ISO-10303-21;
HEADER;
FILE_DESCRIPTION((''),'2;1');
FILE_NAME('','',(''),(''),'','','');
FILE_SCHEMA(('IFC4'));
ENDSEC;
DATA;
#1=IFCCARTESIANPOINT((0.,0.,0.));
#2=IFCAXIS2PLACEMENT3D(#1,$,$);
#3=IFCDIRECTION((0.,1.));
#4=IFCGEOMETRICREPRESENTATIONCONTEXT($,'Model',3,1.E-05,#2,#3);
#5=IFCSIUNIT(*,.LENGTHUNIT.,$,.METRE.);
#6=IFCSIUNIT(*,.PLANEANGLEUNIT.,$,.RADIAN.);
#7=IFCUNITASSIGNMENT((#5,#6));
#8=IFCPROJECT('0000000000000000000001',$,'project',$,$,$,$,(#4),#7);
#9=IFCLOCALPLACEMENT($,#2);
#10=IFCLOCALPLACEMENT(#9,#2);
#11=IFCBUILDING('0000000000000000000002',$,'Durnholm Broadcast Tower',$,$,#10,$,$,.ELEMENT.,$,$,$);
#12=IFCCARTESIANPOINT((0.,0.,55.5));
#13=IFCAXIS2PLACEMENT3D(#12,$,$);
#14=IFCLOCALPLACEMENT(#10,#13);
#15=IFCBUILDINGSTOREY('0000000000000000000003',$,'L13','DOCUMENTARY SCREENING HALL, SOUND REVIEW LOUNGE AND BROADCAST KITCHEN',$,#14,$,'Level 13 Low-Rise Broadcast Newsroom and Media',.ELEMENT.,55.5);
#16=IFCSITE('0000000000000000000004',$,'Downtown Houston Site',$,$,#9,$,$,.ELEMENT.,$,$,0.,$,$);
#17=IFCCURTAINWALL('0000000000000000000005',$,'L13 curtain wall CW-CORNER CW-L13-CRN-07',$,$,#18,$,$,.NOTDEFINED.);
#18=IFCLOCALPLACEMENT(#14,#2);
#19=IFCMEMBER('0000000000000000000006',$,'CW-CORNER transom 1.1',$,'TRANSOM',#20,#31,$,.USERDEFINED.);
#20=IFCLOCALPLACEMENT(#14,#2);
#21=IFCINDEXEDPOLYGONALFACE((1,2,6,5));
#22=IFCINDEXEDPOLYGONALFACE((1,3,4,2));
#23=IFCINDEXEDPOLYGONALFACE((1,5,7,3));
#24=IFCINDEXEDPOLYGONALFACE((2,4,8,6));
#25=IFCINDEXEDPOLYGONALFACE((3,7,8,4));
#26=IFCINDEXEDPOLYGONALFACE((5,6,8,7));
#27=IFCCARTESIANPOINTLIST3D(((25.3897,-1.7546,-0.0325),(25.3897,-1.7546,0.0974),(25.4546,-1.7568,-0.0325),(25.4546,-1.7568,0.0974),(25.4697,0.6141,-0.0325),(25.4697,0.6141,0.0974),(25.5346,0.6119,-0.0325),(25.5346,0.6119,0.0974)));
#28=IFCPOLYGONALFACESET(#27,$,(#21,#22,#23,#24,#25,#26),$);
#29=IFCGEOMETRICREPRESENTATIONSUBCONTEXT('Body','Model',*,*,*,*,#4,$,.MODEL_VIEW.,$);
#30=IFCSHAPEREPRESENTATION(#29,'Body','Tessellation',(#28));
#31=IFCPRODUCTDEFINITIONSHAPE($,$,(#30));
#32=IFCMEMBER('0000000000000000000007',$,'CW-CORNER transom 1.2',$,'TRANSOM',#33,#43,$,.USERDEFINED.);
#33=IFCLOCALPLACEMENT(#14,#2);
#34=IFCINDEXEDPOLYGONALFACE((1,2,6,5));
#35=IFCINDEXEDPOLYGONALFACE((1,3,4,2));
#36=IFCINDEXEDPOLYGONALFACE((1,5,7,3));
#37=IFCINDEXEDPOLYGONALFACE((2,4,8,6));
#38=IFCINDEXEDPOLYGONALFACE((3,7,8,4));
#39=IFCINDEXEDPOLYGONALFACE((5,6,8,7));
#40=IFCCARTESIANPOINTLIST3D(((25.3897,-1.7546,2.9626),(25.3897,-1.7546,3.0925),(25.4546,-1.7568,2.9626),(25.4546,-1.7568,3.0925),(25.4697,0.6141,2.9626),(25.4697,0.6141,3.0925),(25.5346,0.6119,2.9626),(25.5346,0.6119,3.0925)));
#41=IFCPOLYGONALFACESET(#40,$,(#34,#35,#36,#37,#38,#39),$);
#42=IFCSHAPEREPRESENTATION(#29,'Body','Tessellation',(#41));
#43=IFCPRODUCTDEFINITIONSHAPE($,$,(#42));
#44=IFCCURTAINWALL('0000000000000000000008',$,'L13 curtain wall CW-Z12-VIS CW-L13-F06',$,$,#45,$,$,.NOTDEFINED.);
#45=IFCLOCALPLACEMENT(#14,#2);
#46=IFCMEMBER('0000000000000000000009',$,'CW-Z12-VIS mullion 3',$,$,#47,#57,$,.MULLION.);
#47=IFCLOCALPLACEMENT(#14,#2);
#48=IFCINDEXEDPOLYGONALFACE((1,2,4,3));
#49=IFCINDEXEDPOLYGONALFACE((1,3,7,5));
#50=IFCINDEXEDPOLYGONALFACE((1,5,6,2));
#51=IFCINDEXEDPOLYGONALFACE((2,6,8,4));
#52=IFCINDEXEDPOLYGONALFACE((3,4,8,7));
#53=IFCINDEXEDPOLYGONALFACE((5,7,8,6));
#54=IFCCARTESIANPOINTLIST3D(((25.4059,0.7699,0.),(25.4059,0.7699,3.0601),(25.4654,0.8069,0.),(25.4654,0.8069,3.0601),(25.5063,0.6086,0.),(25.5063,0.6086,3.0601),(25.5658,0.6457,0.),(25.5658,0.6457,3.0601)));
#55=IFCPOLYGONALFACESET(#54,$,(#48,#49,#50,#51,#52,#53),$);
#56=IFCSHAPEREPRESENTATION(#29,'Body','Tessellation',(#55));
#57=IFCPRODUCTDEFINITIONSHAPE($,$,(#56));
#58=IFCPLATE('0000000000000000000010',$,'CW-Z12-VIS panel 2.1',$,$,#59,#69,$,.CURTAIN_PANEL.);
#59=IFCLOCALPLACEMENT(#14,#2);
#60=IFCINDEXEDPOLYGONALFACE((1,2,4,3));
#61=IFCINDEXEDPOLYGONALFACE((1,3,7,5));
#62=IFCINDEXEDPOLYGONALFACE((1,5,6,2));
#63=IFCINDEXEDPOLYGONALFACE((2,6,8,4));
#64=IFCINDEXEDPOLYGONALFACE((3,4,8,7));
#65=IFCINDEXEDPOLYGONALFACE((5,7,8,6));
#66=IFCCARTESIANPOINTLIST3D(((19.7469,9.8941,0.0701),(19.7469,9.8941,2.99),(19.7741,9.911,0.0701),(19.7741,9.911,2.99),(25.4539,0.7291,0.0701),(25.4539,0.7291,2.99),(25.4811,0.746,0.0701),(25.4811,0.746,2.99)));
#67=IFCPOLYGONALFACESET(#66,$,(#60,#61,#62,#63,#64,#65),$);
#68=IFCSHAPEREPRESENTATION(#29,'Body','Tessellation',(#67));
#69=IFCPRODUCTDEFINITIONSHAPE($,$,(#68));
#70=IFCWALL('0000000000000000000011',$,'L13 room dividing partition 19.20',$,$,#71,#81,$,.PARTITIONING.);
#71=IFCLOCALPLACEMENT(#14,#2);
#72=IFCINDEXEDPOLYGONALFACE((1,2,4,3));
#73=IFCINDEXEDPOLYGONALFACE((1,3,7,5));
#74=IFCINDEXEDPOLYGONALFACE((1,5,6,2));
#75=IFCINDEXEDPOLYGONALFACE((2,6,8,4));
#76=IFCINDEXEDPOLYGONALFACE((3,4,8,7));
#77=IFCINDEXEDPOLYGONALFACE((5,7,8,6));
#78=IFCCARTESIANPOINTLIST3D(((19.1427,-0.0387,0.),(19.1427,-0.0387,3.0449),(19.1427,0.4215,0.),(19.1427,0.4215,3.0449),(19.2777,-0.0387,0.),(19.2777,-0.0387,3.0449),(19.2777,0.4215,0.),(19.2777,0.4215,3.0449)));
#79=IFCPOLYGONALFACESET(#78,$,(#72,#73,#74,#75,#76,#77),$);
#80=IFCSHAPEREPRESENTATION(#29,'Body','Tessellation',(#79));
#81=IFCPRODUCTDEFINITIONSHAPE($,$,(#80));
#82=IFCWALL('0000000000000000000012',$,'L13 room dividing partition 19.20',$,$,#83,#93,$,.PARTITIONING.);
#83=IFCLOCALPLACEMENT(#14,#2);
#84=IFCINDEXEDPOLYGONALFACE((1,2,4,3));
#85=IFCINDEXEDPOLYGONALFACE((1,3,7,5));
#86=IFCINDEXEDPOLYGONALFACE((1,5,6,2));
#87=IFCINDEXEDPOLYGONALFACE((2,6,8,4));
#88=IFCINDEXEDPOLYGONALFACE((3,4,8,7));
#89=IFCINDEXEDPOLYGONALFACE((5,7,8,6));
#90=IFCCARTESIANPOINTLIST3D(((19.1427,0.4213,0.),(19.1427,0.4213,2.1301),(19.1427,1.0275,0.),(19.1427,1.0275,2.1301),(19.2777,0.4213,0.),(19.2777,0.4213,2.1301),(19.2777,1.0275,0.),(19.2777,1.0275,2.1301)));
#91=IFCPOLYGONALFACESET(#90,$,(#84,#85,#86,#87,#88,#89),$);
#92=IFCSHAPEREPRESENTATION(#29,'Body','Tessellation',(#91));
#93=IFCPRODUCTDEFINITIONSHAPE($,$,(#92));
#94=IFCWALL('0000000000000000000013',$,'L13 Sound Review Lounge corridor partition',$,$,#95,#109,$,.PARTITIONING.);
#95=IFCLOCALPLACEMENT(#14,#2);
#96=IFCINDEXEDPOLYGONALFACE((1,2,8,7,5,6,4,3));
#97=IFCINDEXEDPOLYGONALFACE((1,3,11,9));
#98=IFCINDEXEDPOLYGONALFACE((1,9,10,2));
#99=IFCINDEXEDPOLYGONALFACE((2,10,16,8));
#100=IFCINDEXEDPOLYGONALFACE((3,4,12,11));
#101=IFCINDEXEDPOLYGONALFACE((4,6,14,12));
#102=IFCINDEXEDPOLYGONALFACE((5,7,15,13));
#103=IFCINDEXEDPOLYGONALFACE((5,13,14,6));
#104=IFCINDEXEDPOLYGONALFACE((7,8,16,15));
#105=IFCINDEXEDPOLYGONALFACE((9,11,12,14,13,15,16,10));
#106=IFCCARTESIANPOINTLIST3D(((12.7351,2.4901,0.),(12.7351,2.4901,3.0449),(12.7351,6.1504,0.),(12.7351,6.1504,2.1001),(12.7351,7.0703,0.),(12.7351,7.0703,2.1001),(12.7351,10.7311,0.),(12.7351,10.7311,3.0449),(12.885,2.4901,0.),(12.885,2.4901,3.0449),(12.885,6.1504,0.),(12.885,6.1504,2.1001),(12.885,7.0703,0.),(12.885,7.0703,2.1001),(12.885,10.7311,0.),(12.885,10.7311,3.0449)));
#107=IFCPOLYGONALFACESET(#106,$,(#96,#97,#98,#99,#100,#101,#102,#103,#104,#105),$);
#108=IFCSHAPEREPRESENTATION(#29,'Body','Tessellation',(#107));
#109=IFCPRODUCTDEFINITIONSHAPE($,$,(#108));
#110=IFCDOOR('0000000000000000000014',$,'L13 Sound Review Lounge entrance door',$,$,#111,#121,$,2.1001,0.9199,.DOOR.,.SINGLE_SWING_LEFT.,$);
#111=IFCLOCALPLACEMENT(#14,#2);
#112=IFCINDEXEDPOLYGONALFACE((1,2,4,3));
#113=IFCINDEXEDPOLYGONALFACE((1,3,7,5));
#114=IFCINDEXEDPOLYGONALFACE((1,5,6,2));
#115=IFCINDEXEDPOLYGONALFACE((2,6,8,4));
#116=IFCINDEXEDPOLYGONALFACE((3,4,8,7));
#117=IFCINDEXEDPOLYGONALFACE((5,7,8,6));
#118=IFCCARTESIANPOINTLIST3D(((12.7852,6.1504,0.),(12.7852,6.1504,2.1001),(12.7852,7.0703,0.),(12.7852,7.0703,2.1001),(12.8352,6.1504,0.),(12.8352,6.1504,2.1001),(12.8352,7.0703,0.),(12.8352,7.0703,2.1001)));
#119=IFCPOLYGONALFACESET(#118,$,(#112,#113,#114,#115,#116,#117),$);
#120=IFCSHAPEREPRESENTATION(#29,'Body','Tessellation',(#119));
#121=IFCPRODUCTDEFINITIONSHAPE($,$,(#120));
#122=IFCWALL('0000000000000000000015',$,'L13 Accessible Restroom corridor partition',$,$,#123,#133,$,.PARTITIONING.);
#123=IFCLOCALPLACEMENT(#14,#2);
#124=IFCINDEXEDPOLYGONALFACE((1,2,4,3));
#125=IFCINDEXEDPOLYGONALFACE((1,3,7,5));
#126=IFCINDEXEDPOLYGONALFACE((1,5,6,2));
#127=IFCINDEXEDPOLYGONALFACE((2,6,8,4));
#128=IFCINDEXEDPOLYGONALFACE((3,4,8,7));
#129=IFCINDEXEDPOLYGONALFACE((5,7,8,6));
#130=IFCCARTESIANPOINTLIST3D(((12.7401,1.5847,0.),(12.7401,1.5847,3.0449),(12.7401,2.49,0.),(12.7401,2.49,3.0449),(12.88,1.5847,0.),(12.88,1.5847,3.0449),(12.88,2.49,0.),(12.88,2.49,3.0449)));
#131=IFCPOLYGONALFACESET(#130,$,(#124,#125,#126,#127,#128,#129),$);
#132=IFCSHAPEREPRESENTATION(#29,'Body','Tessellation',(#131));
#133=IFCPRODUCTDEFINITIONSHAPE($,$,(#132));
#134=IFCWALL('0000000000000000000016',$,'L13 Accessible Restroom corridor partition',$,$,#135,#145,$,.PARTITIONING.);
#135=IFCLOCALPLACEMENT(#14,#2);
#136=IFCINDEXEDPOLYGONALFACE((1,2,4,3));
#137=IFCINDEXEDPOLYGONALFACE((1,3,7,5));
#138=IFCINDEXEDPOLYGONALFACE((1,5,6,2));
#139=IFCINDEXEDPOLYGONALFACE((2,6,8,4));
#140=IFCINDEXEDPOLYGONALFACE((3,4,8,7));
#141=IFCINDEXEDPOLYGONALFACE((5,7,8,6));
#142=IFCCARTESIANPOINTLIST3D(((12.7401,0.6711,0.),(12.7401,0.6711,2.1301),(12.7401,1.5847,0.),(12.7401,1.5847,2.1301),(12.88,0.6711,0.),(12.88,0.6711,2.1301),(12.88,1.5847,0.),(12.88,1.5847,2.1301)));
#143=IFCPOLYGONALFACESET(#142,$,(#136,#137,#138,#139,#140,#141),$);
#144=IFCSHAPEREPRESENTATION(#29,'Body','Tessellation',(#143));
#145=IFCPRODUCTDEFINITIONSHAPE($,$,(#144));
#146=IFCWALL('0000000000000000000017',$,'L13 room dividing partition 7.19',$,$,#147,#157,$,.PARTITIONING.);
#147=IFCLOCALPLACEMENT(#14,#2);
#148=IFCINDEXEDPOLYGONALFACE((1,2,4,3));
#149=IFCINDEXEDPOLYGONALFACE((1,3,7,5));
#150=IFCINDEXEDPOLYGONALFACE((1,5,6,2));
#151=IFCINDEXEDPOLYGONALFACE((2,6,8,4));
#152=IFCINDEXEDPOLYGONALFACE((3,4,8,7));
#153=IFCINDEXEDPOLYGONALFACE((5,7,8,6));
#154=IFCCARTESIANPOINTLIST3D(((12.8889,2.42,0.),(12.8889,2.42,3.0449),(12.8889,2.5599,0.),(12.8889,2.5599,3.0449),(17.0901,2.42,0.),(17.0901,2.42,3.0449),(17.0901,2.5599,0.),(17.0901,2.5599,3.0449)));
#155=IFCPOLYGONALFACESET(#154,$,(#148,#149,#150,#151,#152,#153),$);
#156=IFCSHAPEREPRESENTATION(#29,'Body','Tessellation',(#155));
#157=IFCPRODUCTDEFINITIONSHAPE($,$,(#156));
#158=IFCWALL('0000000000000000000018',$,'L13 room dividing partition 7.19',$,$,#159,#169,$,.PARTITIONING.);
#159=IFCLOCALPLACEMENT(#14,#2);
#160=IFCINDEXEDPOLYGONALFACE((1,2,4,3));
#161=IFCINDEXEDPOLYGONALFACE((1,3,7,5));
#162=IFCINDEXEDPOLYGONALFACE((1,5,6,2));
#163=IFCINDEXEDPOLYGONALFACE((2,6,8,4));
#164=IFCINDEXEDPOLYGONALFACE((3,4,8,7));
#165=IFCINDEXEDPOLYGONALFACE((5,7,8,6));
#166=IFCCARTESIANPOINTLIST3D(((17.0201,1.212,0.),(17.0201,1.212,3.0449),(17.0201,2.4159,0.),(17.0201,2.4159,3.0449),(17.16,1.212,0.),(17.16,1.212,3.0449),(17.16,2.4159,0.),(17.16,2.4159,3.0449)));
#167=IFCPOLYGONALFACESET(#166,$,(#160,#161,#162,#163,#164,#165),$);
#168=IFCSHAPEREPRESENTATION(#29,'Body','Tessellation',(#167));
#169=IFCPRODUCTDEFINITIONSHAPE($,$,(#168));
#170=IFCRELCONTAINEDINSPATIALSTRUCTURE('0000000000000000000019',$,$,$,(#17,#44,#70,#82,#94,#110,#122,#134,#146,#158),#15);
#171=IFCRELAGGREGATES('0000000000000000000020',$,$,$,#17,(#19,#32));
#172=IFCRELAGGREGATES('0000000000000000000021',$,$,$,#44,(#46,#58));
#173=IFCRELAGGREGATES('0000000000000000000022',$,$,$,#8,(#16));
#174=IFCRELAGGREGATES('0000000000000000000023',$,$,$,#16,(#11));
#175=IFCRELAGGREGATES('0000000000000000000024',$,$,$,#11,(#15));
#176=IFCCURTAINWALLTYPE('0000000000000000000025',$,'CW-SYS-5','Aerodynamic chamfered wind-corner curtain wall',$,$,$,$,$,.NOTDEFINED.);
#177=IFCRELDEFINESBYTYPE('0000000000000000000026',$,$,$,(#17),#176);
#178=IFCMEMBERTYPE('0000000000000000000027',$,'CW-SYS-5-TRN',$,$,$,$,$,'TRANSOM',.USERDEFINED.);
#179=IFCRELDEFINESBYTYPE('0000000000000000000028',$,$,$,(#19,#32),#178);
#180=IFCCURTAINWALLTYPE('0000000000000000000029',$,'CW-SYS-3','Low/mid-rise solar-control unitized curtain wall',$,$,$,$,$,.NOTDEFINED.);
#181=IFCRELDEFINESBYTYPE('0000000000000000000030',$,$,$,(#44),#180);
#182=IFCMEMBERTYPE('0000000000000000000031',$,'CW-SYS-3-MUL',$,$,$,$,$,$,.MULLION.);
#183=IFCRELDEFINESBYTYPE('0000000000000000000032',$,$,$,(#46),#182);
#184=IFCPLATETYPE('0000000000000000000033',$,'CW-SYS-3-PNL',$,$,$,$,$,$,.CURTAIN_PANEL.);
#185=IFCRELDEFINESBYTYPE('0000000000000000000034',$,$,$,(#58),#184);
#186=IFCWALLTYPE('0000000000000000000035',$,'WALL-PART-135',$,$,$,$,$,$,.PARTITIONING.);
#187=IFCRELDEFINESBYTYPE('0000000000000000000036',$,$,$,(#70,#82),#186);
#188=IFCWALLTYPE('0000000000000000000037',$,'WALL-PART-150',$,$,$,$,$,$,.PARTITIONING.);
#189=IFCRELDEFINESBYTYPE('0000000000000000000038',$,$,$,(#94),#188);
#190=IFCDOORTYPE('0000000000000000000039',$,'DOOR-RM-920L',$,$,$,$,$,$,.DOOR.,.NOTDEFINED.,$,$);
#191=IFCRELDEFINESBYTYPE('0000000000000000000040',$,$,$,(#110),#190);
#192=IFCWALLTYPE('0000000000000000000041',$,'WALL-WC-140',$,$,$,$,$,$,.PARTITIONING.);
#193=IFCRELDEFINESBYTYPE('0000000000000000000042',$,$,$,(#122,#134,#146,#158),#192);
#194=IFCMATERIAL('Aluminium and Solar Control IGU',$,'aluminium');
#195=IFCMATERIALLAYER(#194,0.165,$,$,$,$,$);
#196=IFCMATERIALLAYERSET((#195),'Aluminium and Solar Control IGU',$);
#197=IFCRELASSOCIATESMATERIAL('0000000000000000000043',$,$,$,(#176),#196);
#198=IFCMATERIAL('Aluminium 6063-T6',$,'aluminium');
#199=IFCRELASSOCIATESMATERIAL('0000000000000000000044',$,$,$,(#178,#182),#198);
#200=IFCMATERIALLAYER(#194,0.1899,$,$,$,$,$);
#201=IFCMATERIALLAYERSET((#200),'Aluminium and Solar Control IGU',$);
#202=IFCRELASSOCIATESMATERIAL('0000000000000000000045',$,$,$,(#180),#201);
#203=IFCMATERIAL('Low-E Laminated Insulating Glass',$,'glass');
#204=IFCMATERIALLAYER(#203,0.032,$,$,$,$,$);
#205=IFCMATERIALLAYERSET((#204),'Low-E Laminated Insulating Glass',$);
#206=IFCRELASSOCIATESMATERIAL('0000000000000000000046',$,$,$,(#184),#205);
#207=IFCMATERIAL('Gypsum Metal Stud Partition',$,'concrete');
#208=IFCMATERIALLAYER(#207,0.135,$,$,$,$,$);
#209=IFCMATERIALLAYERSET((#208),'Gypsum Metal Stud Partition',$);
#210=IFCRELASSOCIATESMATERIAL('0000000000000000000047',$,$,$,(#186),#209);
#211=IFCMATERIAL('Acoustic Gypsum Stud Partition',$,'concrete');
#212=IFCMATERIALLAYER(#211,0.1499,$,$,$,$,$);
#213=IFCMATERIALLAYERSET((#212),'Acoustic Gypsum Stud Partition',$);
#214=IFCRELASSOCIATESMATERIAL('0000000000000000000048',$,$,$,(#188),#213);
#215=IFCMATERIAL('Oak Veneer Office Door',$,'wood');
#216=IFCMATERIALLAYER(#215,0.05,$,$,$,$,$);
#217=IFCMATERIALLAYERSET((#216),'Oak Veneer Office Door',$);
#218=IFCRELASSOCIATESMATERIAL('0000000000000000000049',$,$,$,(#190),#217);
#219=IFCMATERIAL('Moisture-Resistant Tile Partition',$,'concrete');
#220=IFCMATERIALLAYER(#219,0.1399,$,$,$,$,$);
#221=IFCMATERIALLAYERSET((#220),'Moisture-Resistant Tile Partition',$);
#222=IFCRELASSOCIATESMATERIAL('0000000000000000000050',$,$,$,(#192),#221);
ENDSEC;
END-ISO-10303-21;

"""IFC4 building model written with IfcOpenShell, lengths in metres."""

from ifc_helpers import new_model, si_unit, direction, frame, frame_2d, origin, origin_2d, place, context, subcontext, project, spatial, rectangle, extrude, source, transform, mapped, material, layer, layer_set, material_profile, profile_set, type_object, type_shapes, element, fill, aggregate, save


model = new_model("IFC4")

# Units and contexts
model_context = context("Model", 3, precision=1e-05, world=origin(), true_north=direction((0.0, 1.0)))
body_context = subcontext(model_context, "Body", "Model", "MODEL_VIEW")
ifc_project = project(units=[si_unit("LENGTHUNIT", "METRE"), si_unit("PLANEANGLEUNIT", "RADIAN")], contexts=[model_context])

# Site, building, storey
site_placement = place(None, origin())
site = spatial("IfcSite", under=ifc_project, at=site_placement, Name="Downtown Houston Site", CompositionType="ELEMENT", RefElevation=0.0)
building_placement = place(site_placement, origin())
building = spatial("IfcBuilding", under=site, at=building_placement, Name="Durnholm Broadcast Tower", CompositionType="ELEMENT")
storey_placement = place(building_placement, frame((0.0, 0.0, 55.5)))
storey = spatial("IfcBuildingStorey", under=building, at=storey_placement, Name="L13", Description="DOCUMENTARY SCREENING HALL, SOUND REVIEW LOUNGE AND BROADCAST KITCHEN", LongName="Level 13 Low-Rise Broadcast Newsroom and Media", CompositionType="ELEMENT", Elevation=55.5)

# Curtain wall, members
ifc_material_1 = material(Name="Aluminium and Solar Control IGU", Category="aluminium")
ifc_layer_1 = layer(ifc_material_1, 0.165)
ifc_layer_set_1 = layer_set([ifc_layer_1], Name="Aluminium and Solar Control IGU")
curtain_wall_type_1 = type_object("IfcCurtainWallType", Name="CW-SYS-5", Description="Aerodynamic chamfered wind-corner curtain wall", PredefinedType="NOTDEFINED", material=ifc_layer_set_1)
curtain_wall_1_placement = place(storey_placement, origin())
curtain_wall_1 = element("IfcCurtainWall", 1, at=curtain_wall_1_placement, inside=storey, type_object=curtain_wall_type_1, Name="L13 curtain wall CW-CORNER CW-L13-CRN-07", PredefinedType="NOTDEFINED")
ifc_material_2 = material(Name="Aluminium 6063-T6", Category="aluminium")
ifc_material_profile_1 = material_profile(ifc_material_2, rectangle(XDim=0.0649, YDim=0.1299, at=origin_2d()), Name="CWT65X130")
ifc_profile_set_1 = profile_set([ifc_material_profile_1], Name="Aluminium 6063-T6")
member_type_1 = type_object("IfcMemberType", Name="CW-SYS-5-TRN", ElementType="TRANSOM", PredefinedType="USERDEFINED", material=ifc_profile_set_1)
shared_shape_1 = source(origin(), body_context, "Body", "SweptSolid", [
    extrude(rectangle(XDim=0.0649, YDim=0.1299, at=origin_2d()), origin(), (0.0, 0.0, 1.0), 2.3701),
])
type_shapes(member_type_1, [shared_shape_1])
member_1_placement = place(storey_placement, frame((25.5022, 0.613, 0.0325), z_axis=(-0.033788, -0.999429, 0.0), x_axis=(0.999429, -0.033788, 0.0)))
member_1 = element("IfcMember", 2, at=member_1_placement, type_object=member_type_1, Name="CW-CORNER transom 1.1", ObjectType="TRANSOM", PredefinedType="USERDEFINED", context=body_context, shape_type="MappedRepresentation", body=[
    mapped(shared_shape_1, transform((0.0, 0.0, 0.0), x_axis=(1.0, 0.0, 0.0), y_axis=(0.0, 1.0, 0.0), z_axis=(0.0, 0.0, 1.0), scale=1.0)),
])
member_2_placement = place(storey_placement, frame((25.5022, 0.613, 3.0276), z_axis=(-0.033788, -0.999429, 0.0), x_axis=(0.999429, -0.033788, 0.0)))
member_2 = element("IfcMember", 3, at=member_2_placement, type_object=member_type_1, Name="CW-CORNER transom 1.2", ObjectType="TRANSOM", PredefinedType="USERDEFINED", context=body_context, shape_type="MappedRepresentation", body=[
    mapped(shared_shape_1, transform((0.0, 0.0, 0.0), x_axis=(1.0, 0.0, 0.0), y_axis=(0.0, 1.0, 0.0), z_axis=(0.0, 0.0, 1.0), scale=1.0)),
])
aggregate(curtain_wall_1, [member_1, member_2])

# Curtain wall, member, plate
ifc_layer_2 = layer(ifc_material_1, 0.1899)
ifc_layer_set_2 = layer_set([ifc_layer_2], Name="Aluminium and Solar Control IGU")
curtain_wall_type_2 = type_object("IfcCurtainWallType", Name="CW-SYS-3", Description="Low/mid-rise solar-control unitized curtain wall", PredefinedType="NOTDEFINED", material=ifc_layer_set_2)
curtain_wall_2_placement = place(storey_placement, origin())
curtain_wall_2 = element("IfcCurtainWall", 4, at=curtain_wall_2_placement, inside=storey, type_object=curtain_wall_type_2, Name="L13 curtain wall CW-Z12-VIS CW-L13-F06", PredefinedType="NOTDEFINED")
ifc_material_profile_2 = material_profile(ifc_material_2, rectangle(XDim=0.0701, YDim=0.1899, at=origin_2d()), Name="CWM70X190")
ifc_profile_set_2 = profile_set([ifc_material_profile_2], Name="Aluminium 6063-T6")
member_type_2 = type_object("IfcMemberType", Name="CW-SYS-3-MUL", PredefinedType="MULLION", material=ifc_profile_set_2)
shared_shape_2 = source(origin(), body_context, "Body", "SweptSolid", [
    extrude(rectangle(XDim=0.0701, YDim=0.1899, at=origin_2d()), origin(), (0.0, 0.0, 1.0), 3.0601),
])
type_shapes(member_type_2, [shared_shape_2])
member_3_placement = place(storey_placement, frame((25.4858, 0.7078, 0.0), z_axis=(0.0, 0.0, 1.0), x_axis=(0.848876, 0.528592, 0.0)))
member_3 = element("IfcMember", 5, at=member_3_placement, type_object=member_type_2, Name="CW-Z12-VIS mullion 3", PredefinedType="MULLION", context=body_context, shape_type="MappedRepresentation", body=[
    mapped(shared_shape_2, transform((0.0, 0.0, 0.0), x_axis=(1.0, 0.0, 0.0), y_axis=(0.0, 1.0, 0.0), z_axis=(0.0, 0.0, 1.0), scale=1.0)),
])
ifc_material_3 = material(Name="Low-E Laminated Insulating Glass", Category="glass")
ifc_layer_3 = layer(ifc_material_3, 0.032)
ifc_layer_set_3 = layer_set([ifc_layer_3], Name="Low-E Laminated Insulating Glass")
plate_type = type_object("IfcPlateType", Name="CW-SYS-3-PNL", PredefinedType="CURTAIN_PANEL", material=ifc_layer_set_3)
shared_shape_3 = source(origin(), body_context, "Body", "SweptSolid", [
    extrude(rectangle(XDim=10.7966, YDim=0.032, at=origin_2d()), origin(), (0.0, 0.0, 1.0), 2.9199),
])
type_shapes(plate_type, [shared_shape_3])
plate_placement = place(storey_placement, frame((22.614, 5.3201, 0.0701), z_axis=(0.0, 0.0, 1.0), x_axis=(0.528592, -0.848876, 0.0)))
plate = element("IfcPlate", 6, at=plate_placement, type_object=plate_type, Name="CW-Z12-VIS panel 2.1", PredefinedType="CURTAIN_PANEL", context=body_context, shape_type="MappedRepresentation", body=[
    mapped(shared_shape_3, transform((0.0, 0.0, 0.0), x_axis=(1.0, 0.0, 0.0), y_axis=(0.0, 1.0, 0.0), z_axis=(0.0, 0.0, 1.0), scale=1.0)),
])
aggregate(curtain_wall_2, [member_3, plate])

# Walls
ifc_material_4 = material(Name="Gypsum Metal Stud Partition", Category="concrete")
ifc_layer_4 = layer(ifc_material_4, 0.135)
ifc_layer_set_4 = layer_set([ifc_layer_4], Name="Gypsum Metal Stud Partition")
wall_type_1 = type_object("IfcWallType", Name="WALL-PART-135", PredefinedType="PARTITIONING", material=ifc_layer_set_4)
wall_1_placement = place(storey_placement, frame((19.2102, 0.4214, 0.0), z_axis=(0.0, 0.0, 1.0), x_axis=(0.0, -1.0, 0.0)))
element("IfcWall", 7, at=wall_1_placement, inside=storey, type_object=wall_type_1, Name="L13 room dividing partition 19.20", PredefinedType="PARTITIONING", context=body_context, shape_type="SweptSolid", body=[
    extrude(rectangle(XDim=0.4602, YDim=0.135, at=frame_2d((0.23, 0.0))), origin(), (0.0, 0.0, 1.0), 3.0449),
])
wall_2_placement = place(storey_placement, frame((19.2102, 1.0276, 0.0), z_axis=(0.0, 0.0, 1.0), x_axis=(0.0, -1.0, 0.0)))
element("IfcWall", 8, at=wall_2_placement, inside=storey, type_object=wall_type_1, Name="L13 room dividing partition 19.20", PredefinedType="PARTITIONING", context=body_context, shape_type="SweptSolid", body=[
    extrude(rectangle(XDim=0.6062, YDim=0.135, at=frame_2d((0.3032, 0.0))), origin(), (0.0, 0.0, 1.0), 2.1301),
])

# Wall, opening, door
ifc_material_5 = material(Name="Acoustic Gypsum Stud Partition", Category="concrete")
ifc_layer_5 = layer(ifc_material_5, 0.1499)
ifc_layer_set_5 = layer_set([ifc_layer_5], Name="Acoustic Gypsum Stud Partition")
wall_type_2 = type_object("IfcWallType", Name="WALL-PART-150", PredefinedType="PARTITIONING", material=ifc_layer_set_5)
wall_3_placement = place(storey_placement, frame((12.8101, 2.49, 0.0), z_axis=(0.0, 0.0, 1.0), x_axis=(0.0, 1.0, 0.0)))
wall_3 = element("IfcWall", 9, at=wall_3_placement, inside=storey, type_object=wall_type_2, Name="L13 Sound Review Lounge corridor partition", PredefinedType="PARTITIONING", context=body_context, shape_type="SweptSolid", body=[
    extrude(rectangle(XDim=8.241, YDim=0.1499, at=frame_2d((4.1206, 0.0))), origin(), (0.0, 0.0, 1.0), 3.0449),
])
opening_placement = place(wall_3_placement, frame((3.6604, 0.0, 0.0)))
opening = element("IfcOpeningElement", 10, at=opening_placement, cuts=wall_3, PredefinedType="OPENING", context=body_context, shape_type="SweptSolid", body=[
    extrude(rectangle(XDim=0.9199, YDim=2.1001, at=frame_2d((0.46, 1.05))), frame((0.0, 0.085, 0.0), z_axis=(0.0, -1.0, 0.0), x_axis=(1.0, 0.0, 0.0)), (0.0, 0.0, 1.0), 0.1699),
])
ifc_material_6 = material(Name="Oak Veneer Office Door", Category="wood")
ifc_layer_6 = layer(ifc_material_6, 0.05)
ifc_layer_set_6 = layer_set([ifc_layer_6], Name="Oak Veneer Office Door")
door_type = type_object("IfcDoorType", Name="DOOR-RM-920L", OperationType="NOTDEFINED", PredefinedType="DOOR", material=ifc_layer_set_6)
shared_shape_4 = source(origin(), body_context, "Body", "SweptSolid", [
    extrude(rectangle(XDim=0.9199, YDim=2.1001, at=frame_2d((0.46, 1.05))), frame((0.0, 0.0249, 0.0), z_axis=(0.0, -1.0, 0.0), x_axis=(1.0, 0.0, 0.0)), (0.0, 0.0, 1.0), 0.05),
])
type_shapes(door_type, [shared_shape_4])
door_placement = place(opening_placement, origin())
door = element("IfcDoor", 11, at=door_placement, inside=storey, type_object=door_type, Name="L13 Sound Review Lounge entrance door", OperationType="SINGLE_SWING_LEFT", OverallHeight=2.1001, OverallWidth=0.9199, PredefinedType="DOOR", context=body_context, shape_type="MappedRepresentation", body=[
    mapped(shared_shape_4, transform((0.0, 0.0, 0.0), x_axis=(1.0, 0.0, 0.0), y_axis=(0.0, 1.0, 0.0), z_axis=(0.0, 0.0, 1.0), scale=1.0)),
])
fill(opening, door)

# Walls
ifc_material_7 = material(Name="Moisture-Resistant Tile Partition", Category="concrete")
ifc_layer_7 = layer(ifc_material_7, 0.1399)
ifc_layer_set_7 = layer_set([ifc_layer_7], Name="Moisture-Resistant Tile Partition")
wall_type_3 = type_object("IfcWallType", Name="WALL-WC-140", PredefinedType="PARTITIONING", material=ifc_layer_set_7)
wall_4_placement = place(storey_placement, frame((12.8101, 1.5847, 0.0), z_axis=(0.0, 0.0, 1.0), x_axis=(0.0, 1.0, 0.0)))
element("IfcWall", 12, at=wall_4_placement, inside=storey, type_object=wall_type_3, Name="L13 Accessible Restroom corridor partition", PredefinedType="PARTITIONING", context=body_context, shape_type="SweptSolid", body=[
    extrude(rectangle(XDim=0.9053, YDim=0.1399, at=frame_2d((0.4526, 0.0))), origin(), (0.0, 0.0, 1.0), 3.0449),
])
wall_5_placement = place(storey_placement, frame((12.8101, 0.6711, 0.0), z_axis=(0.0, 0.0, 1.0), x_axis=(0.0, 1.0, 0.0)))
element("IfcWall", 13, at=wall_5_placement, inside=storey, type_object=wall_type_3, Name="L13 Accessible Restroom corridor partition", PredefinedType="PARTITIONING", context=body_context, shape_type="SweptSolid", body=[
    extrude(rectangle(XDim=0.9136, YDim=0.1399, at=frame_2d((0.4568, 0.0))), origin(), (0.0, 0.0, 1.0), 2.1301),
])
wall_6_placement = place(storey_placement, frame((12.8889, 2.49, 0.0), z_axis=(0.0, 0.0, 1.0), x_axis=(1.0, 0.0, 0.0)))
element("IfcWall", 14, at=wall_6_placement, inside=storey, type_object=wall_type_3, Name="L13 room dividing partition 7.19", PredefinedType="PARTITIONING", context=body_context, shape_type="SweptSolid", body=[
    extrude(rectangle(XDim=4.2012, YDim=0.1399, at=frame_2d((2.1006, 0.0))), origin(), (0.0, 0.0, 1.0), 3.0449),
])
wall_7_placement = place(storey_placement, frame((17.0901, 2.416, 0.0), z_axis=(0.0, 0.0, 1.0), x_axis=(0.0, -1.0, 0.0)))
element("IfcWall", 15, at=wall_7_placement, inside=storey, type_object=wall_type_3, Name="L13 room dividing partition 7.19", PredefinedType="PARTITIONING", context=body_context, shape_type="SweptSolid", body=[
    extrude(rectangle(XDim=1.2039, YDim=0.1399, at=frame_2d((0.6021, 0.0))), origin(), (0.0, 0.0, 1.0), 3.0449),
])

save(model, "model.ifc")
